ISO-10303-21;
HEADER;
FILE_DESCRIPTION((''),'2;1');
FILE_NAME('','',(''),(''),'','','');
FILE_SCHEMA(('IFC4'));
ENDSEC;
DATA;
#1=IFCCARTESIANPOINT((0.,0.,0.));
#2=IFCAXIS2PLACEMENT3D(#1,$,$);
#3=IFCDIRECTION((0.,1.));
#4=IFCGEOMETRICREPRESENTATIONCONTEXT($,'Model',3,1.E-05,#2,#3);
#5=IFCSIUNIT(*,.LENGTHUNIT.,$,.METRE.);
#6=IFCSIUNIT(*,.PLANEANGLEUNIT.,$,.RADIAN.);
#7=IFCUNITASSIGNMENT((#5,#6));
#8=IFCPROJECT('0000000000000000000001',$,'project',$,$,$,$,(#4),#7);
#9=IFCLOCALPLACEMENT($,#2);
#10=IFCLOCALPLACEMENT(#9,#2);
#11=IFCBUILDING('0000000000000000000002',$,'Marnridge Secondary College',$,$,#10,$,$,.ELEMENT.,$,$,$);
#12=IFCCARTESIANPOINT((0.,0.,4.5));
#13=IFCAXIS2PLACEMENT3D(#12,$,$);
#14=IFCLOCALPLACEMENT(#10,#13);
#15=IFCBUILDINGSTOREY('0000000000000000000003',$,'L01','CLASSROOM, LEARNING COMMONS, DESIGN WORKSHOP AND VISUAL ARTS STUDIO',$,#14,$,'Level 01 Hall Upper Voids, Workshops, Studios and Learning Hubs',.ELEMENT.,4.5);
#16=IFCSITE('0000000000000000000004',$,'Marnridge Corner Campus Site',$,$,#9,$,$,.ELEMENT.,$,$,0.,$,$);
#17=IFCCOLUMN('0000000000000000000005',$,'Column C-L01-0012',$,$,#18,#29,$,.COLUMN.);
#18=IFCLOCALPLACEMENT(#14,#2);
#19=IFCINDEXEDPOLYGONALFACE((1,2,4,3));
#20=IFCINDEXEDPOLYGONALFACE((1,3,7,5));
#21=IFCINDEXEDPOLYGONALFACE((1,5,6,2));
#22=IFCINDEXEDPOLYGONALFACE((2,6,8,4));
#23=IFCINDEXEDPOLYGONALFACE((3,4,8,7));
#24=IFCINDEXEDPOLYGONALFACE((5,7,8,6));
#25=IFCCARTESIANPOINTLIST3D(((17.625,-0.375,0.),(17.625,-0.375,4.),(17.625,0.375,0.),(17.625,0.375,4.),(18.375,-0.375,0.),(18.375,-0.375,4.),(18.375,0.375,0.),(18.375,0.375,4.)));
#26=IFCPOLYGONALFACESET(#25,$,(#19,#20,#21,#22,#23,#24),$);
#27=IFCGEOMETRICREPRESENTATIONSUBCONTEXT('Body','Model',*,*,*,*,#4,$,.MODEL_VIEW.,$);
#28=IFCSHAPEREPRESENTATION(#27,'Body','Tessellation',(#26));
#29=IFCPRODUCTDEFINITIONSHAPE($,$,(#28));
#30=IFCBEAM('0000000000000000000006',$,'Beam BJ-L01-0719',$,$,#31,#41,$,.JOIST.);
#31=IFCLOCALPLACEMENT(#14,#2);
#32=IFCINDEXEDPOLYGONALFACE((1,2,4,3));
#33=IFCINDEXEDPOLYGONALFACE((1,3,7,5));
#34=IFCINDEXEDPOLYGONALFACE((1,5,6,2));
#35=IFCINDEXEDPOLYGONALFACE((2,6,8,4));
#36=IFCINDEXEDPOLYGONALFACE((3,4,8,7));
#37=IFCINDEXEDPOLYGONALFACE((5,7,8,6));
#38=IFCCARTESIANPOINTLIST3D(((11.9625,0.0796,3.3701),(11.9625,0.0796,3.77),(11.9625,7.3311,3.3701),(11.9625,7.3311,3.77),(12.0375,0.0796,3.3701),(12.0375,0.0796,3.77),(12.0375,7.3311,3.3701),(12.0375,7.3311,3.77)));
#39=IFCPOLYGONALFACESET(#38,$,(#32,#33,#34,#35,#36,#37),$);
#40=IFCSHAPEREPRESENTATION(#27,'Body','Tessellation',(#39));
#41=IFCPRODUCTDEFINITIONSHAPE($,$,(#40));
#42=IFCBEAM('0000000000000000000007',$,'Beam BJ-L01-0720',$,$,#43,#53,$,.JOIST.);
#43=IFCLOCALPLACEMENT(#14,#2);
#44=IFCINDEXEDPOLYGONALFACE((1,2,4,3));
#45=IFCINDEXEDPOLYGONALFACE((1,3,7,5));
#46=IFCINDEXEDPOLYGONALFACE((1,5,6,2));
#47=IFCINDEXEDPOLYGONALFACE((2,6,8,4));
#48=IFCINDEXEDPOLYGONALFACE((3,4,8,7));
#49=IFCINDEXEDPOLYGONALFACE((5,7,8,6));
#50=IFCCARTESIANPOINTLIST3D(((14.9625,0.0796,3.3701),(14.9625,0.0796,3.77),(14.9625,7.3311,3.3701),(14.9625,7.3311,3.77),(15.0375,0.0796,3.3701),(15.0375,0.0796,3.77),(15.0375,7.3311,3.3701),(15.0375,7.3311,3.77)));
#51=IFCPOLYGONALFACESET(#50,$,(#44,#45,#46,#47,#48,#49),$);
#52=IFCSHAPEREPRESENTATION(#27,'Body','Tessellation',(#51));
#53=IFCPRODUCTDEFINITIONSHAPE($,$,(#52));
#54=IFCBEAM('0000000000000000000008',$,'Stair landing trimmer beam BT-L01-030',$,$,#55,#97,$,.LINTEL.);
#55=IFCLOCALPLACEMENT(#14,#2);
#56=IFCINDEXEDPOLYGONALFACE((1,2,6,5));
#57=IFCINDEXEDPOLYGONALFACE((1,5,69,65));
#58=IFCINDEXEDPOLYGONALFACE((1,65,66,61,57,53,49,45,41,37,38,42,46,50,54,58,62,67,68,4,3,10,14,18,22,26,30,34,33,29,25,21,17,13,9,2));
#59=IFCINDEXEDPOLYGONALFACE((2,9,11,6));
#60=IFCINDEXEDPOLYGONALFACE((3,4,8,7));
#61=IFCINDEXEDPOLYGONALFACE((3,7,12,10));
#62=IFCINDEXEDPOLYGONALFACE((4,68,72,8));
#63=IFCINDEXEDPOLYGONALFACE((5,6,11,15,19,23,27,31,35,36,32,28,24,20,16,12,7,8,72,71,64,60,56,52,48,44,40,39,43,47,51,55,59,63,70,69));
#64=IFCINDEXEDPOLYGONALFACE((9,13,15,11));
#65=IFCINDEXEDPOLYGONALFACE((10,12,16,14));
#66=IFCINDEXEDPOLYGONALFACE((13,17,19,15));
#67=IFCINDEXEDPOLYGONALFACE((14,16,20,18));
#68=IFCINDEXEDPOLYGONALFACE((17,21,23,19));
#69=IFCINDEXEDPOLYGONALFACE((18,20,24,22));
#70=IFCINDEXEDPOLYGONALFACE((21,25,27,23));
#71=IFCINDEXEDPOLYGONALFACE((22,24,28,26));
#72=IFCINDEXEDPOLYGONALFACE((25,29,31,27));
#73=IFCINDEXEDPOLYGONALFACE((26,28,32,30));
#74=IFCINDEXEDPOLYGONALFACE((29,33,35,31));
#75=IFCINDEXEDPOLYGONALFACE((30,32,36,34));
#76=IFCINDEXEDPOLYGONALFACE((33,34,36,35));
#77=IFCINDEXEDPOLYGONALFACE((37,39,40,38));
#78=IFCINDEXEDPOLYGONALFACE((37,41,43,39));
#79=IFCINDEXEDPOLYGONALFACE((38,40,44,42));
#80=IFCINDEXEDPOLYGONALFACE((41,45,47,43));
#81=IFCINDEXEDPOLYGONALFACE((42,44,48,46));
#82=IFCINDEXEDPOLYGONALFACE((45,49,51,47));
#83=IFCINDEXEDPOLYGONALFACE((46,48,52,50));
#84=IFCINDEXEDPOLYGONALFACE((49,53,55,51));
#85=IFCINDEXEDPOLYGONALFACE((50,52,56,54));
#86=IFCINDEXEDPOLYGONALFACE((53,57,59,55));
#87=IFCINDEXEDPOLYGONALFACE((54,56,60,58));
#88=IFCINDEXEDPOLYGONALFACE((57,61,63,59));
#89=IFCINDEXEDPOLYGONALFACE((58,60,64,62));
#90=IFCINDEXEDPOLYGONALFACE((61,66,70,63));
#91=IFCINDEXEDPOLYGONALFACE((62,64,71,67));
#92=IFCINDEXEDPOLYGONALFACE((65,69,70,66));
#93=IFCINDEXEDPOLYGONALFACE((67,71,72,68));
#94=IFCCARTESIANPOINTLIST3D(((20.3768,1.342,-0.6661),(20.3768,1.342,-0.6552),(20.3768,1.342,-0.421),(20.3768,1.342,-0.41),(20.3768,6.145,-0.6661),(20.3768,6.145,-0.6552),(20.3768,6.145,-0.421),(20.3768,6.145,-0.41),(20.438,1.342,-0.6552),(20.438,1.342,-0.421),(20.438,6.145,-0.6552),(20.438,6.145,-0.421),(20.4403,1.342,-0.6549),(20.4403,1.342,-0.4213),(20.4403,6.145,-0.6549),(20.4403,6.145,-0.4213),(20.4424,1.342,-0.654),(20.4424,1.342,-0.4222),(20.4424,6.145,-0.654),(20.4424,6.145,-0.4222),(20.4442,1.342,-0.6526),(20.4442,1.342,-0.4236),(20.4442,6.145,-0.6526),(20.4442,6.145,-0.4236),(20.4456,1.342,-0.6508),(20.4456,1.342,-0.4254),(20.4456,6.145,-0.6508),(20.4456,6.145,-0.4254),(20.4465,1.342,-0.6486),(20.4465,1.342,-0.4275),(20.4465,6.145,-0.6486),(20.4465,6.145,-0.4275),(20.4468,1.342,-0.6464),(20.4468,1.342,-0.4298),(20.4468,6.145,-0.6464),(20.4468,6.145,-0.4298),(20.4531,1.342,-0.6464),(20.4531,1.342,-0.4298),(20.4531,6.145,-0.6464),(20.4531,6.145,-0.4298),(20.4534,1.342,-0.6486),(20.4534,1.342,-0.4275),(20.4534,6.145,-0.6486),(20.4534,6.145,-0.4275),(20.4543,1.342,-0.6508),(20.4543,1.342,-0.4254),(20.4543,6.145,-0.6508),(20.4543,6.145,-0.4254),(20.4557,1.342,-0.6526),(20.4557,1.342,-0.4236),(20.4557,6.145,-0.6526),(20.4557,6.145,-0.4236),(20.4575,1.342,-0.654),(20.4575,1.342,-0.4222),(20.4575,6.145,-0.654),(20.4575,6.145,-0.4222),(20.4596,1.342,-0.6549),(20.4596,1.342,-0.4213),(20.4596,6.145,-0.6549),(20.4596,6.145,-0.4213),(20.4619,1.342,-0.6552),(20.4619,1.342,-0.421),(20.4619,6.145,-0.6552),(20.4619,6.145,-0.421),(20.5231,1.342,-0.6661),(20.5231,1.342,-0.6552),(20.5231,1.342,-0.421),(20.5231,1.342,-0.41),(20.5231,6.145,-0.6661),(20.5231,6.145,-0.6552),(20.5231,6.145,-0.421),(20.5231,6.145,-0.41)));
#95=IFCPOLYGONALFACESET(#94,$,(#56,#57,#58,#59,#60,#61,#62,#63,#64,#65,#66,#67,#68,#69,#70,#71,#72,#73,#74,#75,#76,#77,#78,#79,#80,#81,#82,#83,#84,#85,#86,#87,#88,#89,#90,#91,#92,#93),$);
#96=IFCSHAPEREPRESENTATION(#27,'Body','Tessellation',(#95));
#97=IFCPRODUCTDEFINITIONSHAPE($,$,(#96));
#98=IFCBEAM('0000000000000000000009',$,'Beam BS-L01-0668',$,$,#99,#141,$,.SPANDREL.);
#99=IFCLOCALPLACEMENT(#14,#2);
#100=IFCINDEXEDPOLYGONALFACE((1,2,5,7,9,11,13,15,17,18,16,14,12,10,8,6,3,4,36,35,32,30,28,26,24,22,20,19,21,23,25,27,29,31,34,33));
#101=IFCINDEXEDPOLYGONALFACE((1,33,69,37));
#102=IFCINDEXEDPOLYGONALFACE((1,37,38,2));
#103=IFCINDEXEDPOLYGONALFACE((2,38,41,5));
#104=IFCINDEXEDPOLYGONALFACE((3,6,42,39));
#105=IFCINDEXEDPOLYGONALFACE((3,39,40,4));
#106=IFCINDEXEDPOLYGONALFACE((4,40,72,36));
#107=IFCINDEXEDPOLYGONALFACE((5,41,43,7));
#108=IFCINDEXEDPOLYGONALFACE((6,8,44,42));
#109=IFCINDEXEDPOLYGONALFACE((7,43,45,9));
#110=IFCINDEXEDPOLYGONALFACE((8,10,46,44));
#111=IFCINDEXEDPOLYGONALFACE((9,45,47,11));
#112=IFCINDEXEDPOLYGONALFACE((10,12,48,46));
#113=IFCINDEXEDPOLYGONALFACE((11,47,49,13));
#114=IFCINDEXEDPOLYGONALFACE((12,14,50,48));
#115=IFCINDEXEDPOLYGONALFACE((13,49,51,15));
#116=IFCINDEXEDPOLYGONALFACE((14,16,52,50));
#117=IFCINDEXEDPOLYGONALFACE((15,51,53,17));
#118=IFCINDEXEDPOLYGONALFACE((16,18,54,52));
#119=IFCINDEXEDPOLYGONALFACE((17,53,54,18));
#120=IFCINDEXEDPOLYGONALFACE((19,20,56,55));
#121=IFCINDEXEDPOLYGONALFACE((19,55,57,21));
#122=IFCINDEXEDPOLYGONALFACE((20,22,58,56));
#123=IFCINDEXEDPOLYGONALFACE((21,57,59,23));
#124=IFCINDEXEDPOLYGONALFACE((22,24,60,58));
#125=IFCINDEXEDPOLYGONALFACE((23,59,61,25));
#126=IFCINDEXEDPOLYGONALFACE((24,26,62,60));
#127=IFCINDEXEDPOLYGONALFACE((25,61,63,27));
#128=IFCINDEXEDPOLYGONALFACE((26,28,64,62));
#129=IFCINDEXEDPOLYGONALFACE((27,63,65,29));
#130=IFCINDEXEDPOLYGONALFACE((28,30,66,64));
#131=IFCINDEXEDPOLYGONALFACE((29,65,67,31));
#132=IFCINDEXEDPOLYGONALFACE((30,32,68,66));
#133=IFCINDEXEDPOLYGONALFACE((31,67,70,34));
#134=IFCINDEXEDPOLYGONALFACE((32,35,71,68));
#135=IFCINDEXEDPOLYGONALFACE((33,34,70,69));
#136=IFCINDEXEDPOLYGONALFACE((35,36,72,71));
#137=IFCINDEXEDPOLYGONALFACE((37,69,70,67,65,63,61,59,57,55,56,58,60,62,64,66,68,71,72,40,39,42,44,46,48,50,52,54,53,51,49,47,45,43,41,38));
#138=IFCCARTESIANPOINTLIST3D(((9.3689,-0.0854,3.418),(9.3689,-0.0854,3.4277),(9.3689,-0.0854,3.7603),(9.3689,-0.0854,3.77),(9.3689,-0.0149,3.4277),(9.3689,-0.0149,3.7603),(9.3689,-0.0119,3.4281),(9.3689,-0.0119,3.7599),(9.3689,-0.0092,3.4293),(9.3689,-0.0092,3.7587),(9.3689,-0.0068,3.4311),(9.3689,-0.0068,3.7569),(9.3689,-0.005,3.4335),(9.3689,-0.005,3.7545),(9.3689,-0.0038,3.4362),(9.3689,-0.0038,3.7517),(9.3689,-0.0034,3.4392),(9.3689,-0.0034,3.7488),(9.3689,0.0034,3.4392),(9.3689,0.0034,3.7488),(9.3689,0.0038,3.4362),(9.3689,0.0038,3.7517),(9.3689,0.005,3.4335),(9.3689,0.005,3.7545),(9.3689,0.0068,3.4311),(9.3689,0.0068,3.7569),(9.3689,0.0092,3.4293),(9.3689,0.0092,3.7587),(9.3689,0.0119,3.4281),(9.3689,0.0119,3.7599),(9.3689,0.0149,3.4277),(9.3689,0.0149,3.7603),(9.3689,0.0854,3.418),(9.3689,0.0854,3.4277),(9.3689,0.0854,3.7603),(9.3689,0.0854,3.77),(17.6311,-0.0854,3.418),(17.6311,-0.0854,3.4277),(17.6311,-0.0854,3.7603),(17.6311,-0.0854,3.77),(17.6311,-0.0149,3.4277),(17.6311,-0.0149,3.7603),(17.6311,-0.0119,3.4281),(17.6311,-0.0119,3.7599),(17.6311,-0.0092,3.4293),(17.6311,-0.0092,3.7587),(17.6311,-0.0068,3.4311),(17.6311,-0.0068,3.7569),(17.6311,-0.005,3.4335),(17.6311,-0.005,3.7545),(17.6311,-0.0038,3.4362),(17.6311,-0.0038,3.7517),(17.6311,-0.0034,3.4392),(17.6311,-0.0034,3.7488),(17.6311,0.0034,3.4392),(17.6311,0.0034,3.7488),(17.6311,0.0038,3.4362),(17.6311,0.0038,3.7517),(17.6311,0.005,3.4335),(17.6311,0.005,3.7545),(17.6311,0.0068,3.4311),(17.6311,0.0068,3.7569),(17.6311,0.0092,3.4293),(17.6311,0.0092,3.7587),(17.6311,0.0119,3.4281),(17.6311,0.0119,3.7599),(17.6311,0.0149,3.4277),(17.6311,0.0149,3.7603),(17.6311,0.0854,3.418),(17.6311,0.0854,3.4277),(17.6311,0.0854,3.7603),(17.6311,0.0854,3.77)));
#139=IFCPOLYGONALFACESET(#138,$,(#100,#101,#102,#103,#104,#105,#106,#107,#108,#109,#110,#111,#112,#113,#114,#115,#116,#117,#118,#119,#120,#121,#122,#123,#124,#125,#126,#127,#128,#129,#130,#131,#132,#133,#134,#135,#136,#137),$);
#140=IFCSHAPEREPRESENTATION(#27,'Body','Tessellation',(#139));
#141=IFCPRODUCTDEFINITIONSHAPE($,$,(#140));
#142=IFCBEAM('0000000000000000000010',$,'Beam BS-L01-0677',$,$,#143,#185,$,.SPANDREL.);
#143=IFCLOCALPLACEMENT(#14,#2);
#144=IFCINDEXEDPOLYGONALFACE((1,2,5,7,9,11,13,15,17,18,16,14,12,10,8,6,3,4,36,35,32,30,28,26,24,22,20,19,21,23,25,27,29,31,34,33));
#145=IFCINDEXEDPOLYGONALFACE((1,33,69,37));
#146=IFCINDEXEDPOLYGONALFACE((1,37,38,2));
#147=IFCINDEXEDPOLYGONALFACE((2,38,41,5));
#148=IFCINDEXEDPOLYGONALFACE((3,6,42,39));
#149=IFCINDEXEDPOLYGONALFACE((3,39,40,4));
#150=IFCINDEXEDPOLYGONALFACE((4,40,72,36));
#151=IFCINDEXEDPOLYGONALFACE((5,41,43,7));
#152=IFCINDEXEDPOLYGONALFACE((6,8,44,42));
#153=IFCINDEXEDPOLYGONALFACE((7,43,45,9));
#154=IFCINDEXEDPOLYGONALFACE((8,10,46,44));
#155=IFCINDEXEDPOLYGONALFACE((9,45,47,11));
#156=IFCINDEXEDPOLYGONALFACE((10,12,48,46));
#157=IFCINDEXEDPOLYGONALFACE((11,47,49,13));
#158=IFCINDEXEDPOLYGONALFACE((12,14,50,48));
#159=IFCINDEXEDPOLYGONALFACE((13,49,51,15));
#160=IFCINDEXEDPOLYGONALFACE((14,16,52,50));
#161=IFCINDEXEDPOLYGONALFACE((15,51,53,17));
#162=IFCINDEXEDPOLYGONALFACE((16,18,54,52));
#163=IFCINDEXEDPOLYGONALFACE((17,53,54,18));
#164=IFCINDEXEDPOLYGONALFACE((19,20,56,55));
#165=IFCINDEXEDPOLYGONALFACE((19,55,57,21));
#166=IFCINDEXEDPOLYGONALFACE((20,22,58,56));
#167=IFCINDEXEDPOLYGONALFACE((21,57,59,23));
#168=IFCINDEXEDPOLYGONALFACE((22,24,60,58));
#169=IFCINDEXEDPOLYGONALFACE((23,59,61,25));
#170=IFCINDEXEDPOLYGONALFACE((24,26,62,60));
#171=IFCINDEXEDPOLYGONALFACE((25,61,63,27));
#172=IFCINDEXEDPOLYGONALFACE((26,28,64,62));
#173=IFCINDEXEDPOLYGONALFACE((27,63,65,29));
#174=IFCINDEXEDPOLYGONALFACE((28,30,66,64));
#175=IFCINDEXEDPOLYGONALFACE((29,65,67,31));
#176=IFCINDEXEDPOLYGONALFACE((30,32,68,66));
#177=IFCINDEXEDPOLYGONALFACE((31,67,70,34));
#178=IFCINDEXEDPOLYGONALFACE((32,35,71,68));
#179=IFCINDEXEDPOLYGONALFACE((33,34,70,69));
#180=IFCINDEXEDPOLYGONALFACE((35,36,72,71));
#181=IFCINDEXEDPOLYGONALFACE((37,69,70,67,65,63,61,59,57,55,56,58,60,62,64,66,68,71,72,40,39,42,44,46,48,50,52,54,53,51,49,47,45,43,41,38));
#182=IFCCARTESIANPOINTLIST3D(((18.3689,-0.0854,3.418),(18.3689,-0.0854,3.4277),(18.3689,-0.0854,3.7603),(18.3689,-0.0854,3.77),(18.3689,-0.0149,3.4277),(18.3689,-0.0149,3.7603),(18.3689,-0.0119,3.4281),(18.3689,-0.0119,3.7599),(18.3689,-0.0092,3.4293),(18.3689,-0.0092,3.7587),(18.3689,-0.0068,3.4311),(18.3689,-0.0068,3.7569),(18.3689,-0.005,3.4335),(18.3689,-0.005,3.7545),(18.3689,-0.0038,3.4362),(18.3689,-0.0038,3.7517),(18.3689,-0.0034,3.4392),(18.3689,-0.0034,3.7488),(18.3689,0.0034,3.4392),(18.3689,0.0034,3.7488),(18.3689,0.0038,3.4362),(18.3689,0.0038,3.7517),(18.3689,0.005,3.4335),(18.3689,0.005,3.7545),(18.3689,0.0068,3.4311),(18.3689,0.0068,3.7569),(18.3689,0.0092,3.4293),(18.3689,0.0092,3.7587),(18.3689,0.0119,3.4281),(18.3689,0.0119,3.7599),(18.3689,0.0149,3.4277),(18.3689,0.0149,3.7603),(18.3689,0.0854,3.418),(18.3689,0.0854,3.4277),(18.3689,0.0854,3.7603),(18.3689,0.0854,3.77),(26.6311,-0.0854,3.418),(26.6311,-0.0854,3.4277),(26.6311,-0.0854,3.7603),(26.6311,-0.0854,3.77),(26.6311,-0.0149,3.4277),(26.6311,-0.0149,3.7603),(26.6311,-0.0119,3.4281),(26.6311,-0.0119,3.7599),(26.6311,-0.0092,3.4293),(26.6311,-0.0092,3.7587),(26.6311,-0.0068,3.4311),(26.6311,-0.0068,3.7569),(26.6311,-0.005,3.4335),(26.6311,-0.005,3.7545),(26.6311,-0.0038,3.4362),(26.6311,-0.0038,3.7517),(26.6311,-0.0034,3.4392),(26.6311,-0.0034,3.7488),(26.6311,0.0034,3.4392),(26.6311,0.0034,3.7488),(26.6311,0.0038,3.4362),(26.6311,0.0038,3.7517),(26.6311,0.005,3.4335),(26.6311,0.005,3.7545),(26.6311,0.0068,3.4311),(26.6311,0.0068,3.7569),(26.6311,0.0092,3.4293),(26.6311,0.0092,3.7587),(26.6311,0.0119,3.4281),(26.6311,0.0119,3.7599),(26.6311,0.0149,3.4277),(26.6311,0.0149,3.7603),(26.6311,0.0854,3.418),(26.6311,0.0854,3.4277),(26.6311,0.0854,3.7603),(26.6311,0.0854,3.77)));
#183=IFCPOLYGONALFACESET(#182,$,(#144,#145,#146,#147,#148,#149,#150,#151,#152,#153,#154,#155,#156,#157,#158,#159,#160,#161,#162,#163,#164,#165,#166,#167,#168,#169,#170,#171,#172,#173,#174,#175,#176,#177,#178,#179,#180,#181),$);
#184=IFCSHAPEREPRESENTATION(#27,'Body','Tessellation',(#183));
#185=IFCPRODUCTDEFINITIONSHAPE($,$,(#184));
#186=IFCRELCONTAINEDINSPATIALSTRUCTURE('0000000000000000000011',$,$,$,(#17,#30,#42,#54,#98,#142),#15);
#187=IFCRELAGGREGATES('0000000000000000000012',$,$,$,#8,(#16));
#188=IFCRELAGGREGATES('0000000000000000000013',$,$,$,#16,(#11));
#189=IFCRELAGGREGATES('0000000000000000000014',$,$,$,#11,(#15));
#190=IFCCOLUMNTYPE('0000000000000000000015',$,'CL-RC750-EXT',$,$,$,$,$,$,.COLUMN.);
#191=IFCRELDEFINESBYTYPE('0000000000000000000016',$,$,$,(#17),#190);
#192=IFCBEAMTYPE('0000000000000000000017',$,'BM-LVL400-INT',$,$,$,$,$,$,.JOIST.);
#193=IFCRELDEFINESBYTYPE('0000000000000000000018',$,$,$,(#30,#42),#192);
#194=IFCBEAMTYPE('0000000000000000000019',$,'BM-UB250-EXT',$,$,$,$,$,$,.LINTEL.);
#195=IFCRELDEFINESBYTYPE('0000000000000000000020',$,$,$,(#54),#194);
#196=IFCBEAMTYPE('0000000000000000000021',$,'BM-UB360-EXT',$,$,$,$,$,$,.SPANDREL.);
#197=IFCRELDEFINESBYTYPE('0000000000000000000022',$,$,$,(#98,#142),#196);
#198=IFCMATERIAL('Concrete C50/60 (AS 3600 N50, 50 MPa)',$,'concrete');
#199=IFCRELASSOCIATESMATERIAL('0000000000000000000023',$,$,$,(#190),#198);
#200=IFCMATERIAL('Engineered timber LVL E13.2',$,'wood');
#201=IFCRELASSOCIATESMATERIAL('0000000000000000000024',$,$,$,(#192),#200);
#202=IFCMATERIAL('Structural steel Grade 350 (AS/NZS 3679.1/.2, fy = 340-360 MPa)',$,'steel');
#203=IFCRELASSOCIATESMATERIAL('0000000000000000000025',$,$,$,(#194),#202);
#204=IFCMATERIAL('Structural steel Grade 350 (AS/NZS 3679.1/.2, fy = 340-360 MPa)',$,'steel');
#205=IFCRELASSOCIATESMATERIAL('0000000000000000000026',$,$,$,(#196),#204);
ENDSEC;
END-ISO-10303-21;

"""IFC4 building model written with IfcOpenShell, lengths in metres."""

from ifc_helpers import new_model, si_unit, direction, frame, origin, origin_2d, place, context, subcontext, project, spatial, rectangle, i_section, extrude, material, material_profile, profile_set, type_object, element, save


model = new_model("IFC4")

# Units and contexts
model_context = context("Model", 3, precision=1e-05, world=origin(), true_north=direction((0.0, 1.0)))
body_context = subcontext(model_context, "Body", "Model", "MODEL_VIEW")
ifc_project = project(units=[si_unit("LENGTHUNIT", "METRE"), si_unit("PLANEANGLEUNIT", "RADIAN")], contexts=[model_context])

# Site, building, storey
site_placement = place(None, origin())
site = spatial("IfcSite", under=ifc_project, at=site_placement, Name="Marnridge Corner Campus Site", CompositionType="ELEMENT", RefElevation=0.0)
building_placement = place(site_placement, origin())
building = spatial("IfcBuilding", under=site, at=building_placement, Name="Marnridge Secondary College", CompositionType="ELEMENT")
storey_placement = place(building_placement, frame((0.0, 0.0, 4.5)))
storey = spatial("IfcBuildingStorey", under=building, at=storey_placement, Name="L01", Description="CLASSROOM, LEARNING COMMONS, DESIGN WORKSHOP AND VISUAL ARTS STUDIO", LongName="Level 01 Hall Upper Voids, Workshops, Studios and Learning Hubs", CompositionType="ELEMENT", Elevation=4.5)

# Column
ifc_material_1 = material(Name="Concrete C50/60 (AS 3600 N50, 50 MPa)", Category="concrete")
ifc_material_profile_1 = material_profile(ifc_material_1, rectangle(XDim=0.75, YDim=0.75, at=origin_2d()), Name="RC 750x750")
ifc_profile_set_1 = profile_set([ifc_material_profile_1], Name="Concrete C50/60 (AS 3600 N50, 50 MPa)")
column_type = type_object("IfcColumnType", Name="CL-RC750-EXT", PredefinedType="COLUMN", material=ifc_profile_set_1)
column_placement = place(storey_placement, frame((18.0, 0.0, 0.0), z_axis=(0.0, 0.0, 1.0), x_axis=(1.0, 0.0, 0.0)))
element("IfcColumn", 1, at=column_placement, inside=storey, type_object=column_type, Name="Column C-L01-0012", PredefinedType="COLUMN", context=body_context, shape_type="SweptSolid", body=[
    extrude(rectangle(XDim=0.75, YDim=0.75, at=origin_2d()), origin(), (0.0, 0.0, 1.0), 4.0),
])

# Beams
ifc_material_2 = material(Name="Engineered timber LVL E13.2", Category="wood")
ifc_material_profile_2 = material_profile(ifc_material_2, rectangle(XDim=0.075, YDim=0.3999, at=origin_2d()), Name="LVL 75x400")
ifc_profile_set_2 = profile_set([ifc_material_profile_2], Name="Engineered timber LVL E13.2")
beam_type_1 = type_object("IfcBeamType", Name="BM-LVL400-INT", PredefinedType="JOIST", material=ifc_profile_set_2)
for number, where, z_axis, x_axis, name in (
    (2, (12.0, 0.0796, 3.5701), (0.0, 1.0, 0.0), (-1.0, 0.0, 0.0), "Beam BJ-L01-0719"),
    (3, (15.0, 0.0796, 3.5701), (0.0, 1.0, 0.0), (-1.0, 0.0, 0.0), "Beam BJ-L01-0720"),
):
    element("IfcBeam", number, at=place(storey_placement, frame(where, z_axis=z_axis, x_axis=x_axis)), inside=storey, type_object=beam_type_1, Name=name, PredefinedType="JOIST", context=body_context, shape_type="SweptSolid", body=[
        extrude(rectangle(XDim=0.075, YDim=0.3999, at=origin_2d()), origin(), (0.0, 0.0, 1.0), 7.2515),
    ])
ifc_material_3 = material(Name="Structural steel Grade 350 (AS/NZS 3679.1/.2, fy = 340-360 MPa)", Category="steel")
ifc_material_profile_3 = material_profile(ifc_material_3, i_section(OverallWidth=0.1462, OverallDepth=0.2561, WebThickness=0.0063, FlangeThickness=0.011, FilletRadius=0.0088, at=origin_2d()), Name="250UB37.3")
ifc_profile_set_3 = profile_set([ifc_material_profile_3], Name="Structural steel Grade 350 (AS/NZS 3679.1/.2, fy = 340-360 MPa)")
beam_type_2 = type_object("IfcBeamType", Name="BM-UB250-EXT", PredefinedType="LINTEL", material=ifc_profile_set_3)
beam_1_placement = place(storey_placement, frame((20.45, 1.342, -0.5381), z_axis=(0.0, 1.0, 0.0), x_axis=(-1.0, 0.0, 0.0)))
element("IfcBeam", 4, at=beam_1_placement, inside=storey, type_object=beam_type_2, Name="Stair landing trimmer beam BT-L01-030", PredefinedType="LINTEL", context=body_context, shape_type="SweptSolid", body=[
    extrude(i_section(OverallWidth=0.1462, OverallDepth=0.2561, WebThickness=0.0063, FlangeThickness=0.011, FilletRadius=0.0088, at=origin_2d()), origin(), (0.0, 0.0, 1.0), 4.803),
])
ifc_material_4 = material(Name="Structural steel Grade 350 (AS/NZS 3679.1/.2, fy = 340-360 MPa)", Category="steel")
ifc_material_profile_4 = material_profile(ifc_material_4, i_section(OverallWidth=0.1709, OverallDepth=0.3521, WebThickness=0.0068, FlangeThickness=0.0098, FilletRadius=0.0115, at=origin_2d()), Name="360UB44.7")
ifc_profile_set_4 = profile_set([ifc_material_profile_4], Name="Structural steel Grade 350 (AS/NZS 3679.1/.2, fy = 340-360 MPa)")
beam_type_3 = type_object("IfcBeamType", Name="BM-UB360-EXT", PredefinedType="SPANDREL", material=ifc_profile_set_4)
for number, where, z_axis, x_axis, name in (
    (5, (9.3689, 0.0, 3.594), (1.0, 0.0, 0.0), (0.0, 1.0, 0.0), "Beam BS-L01-0668"),
    (6, (18.3689, 0.0, 3.594), (1.0, 0.0, 0.0), (0.0, 1.0, 0.0), "Beam BS-L01-0677"),
):
    element("IfcBeam", number, at=place(storey_placement, frame(where, z_axis=z_axis, x_axis=x_axis)), inside=storey, type_object=beam_type_3, Name=name, PredefinedType="SPANDREL", context=body_context, shape_type="SweptSolid", body=[
        extrude(i_section(OverallWidth=0.1709, OverallDepth=0.3521, WebThickness=0.0068, FlangeThickness=0.0098, FilletRadius=0.0115, at=origin_2d()), origin(), (0.0, 0.0, 1.0), 8.2622),
    ])

save(model, "model.ifc")
